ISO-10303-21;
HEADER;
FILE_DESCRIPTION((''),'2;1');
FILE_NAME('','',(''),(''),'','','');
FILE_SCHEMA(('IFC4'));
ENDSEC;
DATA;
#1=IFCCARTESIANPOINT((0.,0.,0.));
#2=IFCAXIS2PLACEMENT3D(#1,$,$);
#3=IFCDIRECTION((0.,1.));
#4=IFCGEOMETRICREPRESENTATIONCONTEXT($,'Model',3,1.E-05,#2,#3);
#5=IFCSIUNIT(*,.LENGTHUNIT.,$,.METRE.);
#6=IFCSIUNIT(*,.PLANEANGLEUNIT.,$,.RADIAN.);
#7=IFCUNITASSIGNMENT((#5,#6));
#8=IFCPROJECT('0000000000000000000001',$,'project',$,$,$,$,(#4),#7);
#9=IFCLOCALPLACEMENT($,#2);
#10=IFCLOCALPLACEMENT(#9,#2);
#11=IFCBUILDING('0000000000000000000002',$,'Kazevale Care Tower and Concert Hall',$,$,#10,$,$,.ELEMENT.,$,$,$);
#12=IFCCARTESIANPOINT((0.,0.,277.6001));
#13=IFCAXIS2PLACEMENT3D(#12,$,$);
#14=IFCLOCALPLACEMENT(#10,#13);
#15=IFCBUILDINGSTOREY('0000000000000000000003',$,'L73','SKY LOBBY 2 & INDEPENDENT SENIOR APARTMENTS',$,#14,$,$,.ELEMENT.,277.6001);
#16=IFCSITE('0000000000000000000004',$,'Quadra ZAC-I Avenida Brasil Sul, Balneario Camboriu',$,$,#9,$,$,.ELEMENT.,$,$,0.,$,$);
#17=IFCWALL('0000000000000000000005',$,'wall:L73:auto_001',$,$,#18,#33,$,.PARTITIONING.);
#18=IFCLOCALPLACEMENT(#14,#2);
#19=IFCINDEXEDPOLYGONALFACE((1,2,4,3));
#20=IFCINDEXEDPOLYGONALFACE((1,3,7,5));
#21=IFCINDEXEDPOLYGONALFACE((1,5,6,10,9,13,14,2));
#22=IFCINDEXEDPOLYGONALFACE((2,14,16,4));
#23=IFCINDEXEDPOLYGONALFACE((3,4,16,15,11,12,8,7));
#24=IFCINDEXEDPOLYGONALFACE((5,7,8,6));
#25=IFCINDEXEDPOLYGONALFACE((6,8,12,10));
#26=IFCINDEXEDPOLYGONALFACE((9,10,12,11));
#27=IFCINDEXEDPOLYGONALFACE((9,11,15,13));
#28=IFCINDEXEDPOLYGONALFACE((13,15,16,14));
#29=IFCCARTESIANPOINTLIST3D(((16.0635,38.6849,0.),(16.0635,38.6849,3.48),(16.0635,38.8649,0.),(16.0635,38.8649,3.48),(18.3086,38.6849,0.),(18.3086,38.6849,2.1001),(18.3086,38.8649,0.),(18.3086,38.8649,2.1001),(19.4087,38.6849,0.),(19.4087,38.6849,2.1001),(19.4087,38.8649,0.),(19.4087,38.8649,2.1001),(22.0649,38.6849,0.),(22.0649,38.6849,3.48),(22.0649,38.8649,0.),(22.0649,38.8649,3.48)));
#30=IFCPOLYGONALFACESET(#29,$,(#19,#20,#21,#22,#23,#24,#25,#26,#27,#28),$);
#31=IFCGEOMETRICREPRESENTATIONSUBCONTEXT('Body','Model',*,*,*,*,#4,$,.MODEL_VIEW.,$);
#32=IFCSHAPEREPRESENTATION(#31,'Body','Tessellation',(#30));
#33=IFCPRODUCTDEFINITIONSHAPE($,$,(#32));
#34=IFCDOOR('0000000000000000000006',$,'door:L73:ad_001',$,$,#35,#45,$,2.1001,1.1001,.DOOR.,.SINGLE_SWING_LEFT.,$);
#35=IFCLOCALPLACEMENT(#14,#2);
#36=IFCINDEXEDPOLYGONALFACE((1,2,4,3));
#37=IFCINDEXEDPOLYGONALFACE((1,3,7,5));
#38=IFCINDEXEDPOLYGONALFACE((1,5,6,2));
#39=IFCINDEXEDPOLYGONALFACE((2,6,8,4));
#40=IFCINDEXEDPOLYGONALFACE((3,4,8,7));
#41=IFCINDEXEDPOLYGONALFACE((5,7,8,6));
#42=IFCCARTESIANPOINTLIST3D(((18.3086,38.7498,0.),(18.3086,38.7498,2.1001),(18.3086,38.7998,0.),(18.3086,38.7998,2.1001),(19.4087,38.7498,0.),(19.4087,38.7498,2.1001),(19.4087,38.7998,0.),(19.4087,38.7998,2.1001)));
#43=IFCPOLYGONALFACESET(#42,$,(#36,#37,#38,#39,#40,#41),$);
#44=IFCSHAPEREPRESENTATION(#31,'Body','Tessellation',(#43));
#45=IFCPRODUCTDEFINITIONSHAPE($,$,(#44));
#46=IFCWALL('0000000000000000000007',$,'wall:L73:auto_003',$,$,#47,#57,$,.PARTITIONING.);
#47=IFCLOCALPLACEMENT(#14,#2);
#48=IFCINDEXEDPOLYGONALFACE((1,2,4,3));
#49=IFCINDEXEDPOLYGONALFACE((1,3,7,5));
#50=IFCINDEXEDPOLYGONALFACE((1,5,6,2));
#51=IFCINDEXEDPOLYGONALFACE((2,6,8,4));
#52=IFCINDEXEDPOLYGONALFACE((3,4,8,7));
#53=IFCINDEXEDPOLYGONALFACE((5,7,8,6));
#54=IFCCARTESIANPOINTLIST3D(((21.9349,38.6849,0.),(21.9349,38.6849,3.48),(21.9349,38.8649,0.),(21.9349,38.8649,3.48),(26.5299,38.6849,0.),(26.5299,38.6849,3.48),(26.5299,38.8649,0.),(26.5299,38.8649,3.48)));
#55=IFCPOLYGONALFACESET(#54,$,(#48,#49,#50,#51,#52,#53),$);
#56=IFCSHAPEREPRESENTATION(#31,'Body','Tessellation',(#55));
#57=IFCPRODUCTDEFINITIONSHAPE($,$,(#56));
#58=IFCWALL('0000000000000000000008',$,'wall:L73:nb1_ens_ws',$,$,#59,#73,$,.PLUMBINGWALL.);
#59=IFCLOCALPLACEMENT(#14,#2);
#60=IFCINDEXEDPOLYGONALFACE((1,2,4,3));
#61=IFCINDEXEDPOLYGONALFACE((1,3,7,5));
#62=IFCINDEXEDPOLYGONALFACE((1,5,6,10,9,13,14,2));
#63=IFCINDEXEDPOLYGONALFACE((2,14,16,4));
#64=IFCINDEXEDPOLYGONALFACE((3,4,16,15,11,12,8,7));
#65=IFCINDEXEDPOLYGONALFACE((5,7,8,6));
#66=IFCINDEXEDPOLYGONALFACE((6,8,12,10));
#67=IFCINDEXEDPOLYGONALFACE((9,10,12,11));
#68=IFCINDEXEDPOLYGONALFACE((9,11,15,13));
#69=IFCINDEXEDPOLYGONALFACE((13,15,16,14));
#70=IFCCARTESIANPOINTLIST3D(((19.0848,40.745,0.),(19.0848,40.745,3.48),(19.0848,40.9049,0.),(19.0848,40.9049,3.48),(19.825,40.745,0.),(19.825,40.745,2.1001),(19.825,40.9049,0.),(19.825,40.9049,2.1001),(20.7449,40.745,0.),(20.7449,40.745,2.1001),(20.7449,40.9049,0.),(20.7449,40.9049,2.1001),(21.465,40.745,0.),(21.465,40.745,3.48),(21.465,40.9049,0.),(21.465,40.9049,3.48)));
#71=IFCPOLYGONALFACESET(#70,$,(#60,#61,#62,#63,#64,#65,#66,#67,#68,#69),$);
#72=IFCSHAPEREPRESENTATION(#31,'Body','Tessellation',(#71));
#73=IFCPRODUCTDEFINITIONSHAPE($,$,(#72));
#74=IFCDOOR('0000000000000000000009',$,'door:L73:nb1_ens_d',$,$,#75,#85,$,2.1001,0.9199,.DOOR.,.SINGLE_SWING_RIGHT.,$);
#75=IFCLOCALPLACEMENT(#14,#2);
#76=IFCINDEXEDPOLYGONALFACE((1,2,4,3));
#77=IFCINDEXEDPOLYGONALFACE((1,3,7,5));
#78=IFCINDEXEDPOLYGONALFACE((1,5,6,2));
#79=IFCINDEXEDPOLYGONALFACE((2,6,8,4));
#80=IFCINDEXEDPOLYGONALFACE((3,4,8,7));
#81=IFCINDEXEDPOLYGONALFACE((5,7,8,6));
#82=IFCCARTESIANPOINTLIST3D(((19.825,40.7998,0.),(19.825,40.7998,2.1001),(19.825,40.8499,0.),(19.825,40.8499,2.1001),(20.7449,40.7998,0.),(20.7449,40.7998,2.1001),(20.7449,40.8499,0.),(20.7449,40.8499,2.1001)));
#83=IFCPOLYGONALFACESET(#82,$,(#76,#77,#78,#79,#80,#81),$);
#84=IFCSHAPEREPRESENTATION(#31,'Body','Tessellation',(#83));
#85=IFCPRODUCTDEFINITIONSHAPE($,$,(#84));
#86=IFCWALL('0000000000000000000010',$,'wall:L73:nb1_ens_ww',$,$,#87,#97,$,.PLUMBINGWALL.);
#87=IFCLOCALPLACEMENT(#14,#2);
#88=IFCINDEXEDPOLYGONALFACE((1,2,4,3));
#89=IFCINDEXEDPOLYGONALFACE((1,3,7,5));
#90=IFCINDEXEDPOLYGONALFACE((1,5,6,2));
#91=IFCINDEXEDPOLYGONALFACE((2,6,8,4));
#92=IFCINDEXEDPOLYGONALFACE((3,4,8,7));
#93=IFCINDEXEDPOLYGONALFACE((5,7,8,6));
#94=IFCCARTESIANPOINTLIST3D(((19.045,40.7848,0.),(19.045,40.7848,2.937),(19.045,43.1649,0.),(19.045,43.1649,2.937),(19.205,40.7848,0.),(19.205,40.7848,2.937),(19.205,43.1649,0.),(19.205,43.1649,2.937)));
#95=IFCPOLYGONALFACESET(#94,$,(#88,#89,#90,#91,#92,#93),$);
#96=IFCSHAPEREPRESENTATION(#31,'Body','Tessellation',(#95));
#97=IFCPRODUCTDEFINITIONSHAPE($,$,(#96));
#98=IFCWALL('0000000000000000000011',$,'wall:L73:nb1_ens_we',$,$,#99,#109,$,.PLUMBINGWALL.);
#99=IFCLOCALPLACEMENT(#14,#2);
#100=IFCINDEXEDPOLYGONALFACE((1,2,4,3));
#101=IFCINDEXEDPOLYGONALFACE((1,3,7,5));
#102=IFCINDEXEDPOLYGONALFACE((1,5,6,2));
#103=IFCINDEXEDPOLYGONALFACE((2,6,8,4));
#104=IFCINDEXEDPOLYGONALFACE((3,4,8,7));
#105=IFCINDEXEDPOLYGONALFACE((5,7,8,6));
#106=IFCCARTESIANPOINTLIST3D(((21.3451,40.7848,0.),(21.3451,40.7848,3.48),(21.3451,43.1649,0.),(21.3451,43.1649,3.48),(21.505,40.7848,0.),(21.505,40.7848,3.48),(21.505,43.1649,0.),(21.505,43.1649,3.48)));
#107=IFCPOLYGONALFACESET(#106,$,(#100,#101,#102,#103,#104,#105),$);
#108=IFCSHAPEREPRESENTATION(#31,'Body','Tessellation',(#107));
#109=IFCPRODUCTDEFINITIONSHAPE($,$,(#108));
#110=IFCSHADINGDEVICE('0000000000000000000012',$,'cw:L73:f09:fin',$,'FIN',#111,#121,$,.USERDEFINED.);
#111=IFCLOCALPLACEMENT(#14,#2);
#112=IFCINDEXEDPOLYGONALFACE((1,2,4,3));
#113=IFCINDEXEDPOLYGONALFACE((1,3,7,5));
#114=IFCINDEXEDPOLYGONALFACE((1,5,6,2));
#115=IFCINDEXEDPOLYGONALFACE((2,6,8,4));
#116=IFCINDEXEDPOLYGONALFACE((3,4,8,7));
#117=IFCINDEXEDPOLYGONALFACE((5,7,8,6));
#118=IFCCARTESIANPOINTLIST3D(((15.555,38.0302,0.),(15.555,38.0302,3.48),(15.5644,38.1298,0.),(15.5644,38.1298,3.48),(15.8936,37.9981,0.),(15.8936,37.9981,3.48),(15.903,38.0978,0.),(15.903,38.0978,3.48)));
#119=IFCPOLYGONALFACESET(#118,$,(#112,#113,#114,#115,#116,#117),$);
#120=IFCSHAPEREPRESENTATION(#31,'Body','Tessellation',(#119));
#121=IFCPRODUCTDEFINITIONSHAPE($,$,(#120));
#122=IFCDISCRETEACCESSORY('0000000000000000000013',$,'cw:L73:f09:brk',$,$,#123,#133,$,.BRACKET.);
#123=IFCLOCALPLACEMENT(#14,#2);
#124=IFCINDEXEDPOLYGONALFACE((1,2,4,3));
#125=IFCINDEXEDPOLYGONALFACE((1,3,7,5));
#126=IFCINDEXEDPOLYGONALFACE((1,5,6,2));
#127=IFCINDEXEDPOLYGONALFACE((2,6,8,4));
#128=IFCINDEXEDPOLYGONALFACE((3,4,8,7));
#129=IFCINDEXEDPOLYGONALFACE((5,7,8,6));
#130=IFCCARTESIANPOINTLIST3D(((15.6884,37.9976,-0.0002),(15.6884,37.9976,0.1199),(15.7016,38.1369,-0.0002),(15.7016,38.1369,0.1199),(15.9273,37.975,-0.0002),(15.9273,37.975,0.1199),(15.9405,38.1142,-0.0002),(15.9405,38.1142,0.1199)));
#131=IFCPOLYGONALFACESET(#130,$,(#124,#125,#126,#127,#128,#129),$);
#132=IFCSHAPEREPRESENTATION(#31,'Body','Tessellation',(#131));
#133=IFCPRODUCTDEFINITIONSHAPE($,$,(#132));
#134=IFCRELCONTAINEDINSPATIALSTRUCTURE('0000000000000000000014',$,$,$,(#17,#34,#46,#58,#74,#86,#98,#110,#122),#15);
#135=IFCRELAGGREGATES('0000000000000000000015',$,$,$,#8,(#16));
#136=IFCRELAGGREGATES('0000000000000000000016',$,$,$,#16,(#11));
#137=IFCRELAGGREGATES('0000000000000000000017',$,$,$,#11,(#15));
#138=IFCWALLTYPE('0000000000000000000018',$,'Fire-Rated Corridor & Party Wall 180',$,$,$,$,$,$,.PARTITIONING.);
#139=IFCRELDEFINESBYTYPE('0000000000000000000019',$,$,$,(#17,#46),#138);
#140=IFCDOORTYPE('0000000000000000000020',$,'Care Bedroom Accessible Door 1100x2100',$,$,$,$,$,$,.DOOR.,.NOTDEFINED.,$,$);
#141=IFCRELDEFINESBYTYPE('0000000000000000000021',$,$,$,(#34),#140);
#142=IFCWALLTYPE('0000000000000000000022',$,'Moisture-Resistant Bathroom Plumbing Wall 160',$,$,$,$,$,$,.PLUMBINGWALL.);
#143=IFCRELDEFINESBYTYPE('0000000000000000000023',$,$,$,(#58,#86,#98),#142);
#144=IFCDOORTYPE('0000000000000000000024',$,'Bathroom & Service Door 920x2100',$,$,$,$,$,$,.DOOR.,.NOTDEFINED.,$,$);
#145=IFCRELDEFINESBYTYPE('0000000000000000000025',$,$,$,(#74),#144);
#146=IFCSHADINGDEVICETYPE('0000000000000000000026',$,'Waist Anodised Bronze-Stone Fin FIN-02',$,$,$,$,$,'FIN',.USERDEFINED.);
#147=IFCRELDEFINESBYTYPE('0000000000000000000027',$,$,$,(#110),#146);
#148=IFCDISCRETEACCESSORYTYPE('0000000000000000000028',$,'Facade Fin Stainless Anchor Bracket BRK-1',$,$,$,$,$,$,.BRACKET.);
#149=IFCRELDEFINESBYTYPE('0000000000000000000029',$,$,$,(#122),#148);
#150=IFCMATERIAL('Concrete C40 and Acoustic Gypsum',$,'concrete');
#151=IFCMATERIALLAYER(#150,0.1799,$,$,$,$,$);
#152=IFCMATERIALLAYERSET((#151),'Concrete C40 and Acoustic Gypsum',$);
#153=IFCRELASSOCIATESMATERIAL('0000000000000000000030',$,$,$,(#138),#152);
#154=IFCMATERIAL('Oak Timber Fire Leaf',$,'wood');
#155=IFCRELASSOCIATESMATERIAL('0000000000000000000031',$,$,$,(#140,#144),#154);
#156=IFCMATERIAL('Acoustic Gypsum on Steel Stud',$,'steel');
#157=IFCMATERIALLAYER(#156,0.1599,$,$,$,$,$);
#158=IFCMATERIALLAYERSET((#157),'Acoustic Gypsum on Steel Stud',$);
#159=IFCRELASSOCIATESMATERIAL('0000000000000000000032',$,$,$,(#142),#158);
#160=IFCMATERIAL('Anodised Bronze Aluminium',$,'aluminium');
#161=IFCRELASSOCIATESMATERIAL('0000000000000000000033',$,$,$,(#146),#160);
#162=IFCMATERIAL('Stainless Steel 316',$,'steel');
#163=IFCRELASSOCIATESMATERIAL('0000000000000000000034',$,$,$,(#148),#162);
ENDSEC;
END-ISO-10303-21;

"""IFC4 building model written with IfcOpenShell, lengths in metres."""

from ifc_helpers import new_model, si_unit, direction, frame, frame_2d, origin, origin_2d, place, context, subcontext, project, spatial, rectangle, extrude, material, layer, layer_set, type_object, element, fill, save


model = new_model("IFC4")

# Units and contexts
model_context = context("Model", 3, precision=1e-05, world=origin(), true_north=direction((0.0, 1.0)))
body_context = subcontext(model_context, "Body", "Model", "MODEL_VIEW")
ifc_project = project(units=[si_unit("LENGTHUNIT", "METRE"), si_unit("PLANEANGLEUNIT", "RADIAN")], contexts=[model_context])

# Site, building, storey
site_placement = place(None, origin())
site = spatial("IfcSite", under=ifc_project, at=site_placement, Name="Quadra ZAC-I Avenida Brasil Sul, Balneario Camboriu", CompositionType="ELEMENT", RefElevation=0.0)
building_placement = place(site_placement, origin())
building = spatial("IfcBuilding", under=site, at=building_placement, Name="Kazevale Care Tower and Concert Hall", CompositionType="ELEMENT")
storey_placement = place(building_placement, frame((0.0, 0.0, 277.6001)))
storey = spatial("IfcBuildingStorey", under=building, at=storey_placement, Name="L73", Description="SKY LOBBY 2 & INDEPENDENT SENIOR APARTMENTS", CompositionType="ELEMENT", Elevation=277.6001)

# Wall, opening, door
ifc_material_1 = material(Name="Concrete C40 and Acoustic Gypsum", Category="concrete")
ifc_layer_1 = layer(ifc_material_1, 0.1799)
ifc_layer_set_1 = layer_set([ifc_layer_1], Name="Concrete C40 and Acoustic Gypsum")
wall_type_1 = type_object("IfcWallType", Name="Fire-Rated Corridor & Party Wall 180", PredefinedType="PARTITIONING", material=ifc_layer_set_1)
wall_1_placement = place(storey_placement, frame((16.0635, 38.7749, 0.0), z_axis=(0.0, 0.0, 1.0), x_axis=(1.0, 0.0, 0.0)))
wall_1 = element("IfcWall", 1, at=wall_1_placement, inside=storey, type_object=wall_type_1, Name="wall:L73:auto_001", PredefinedType="PARTITIONING", context=body_context, shape_type="SweptSolid", body=[
    extrude(rectangle(XDim=6.0015, YDim=0.1799, at=frame_2d((3.0007, 0.0))), origin(), (0.0, 0.0, 1.0), 3.48),
])
opening_1_placement = place(wall_1_placement, frame((2.2451, 0.0, 0.0)))
opening_1 = element("IfcOpeningElement", 2, at=opening_1_placement, cuts=wall_1, PredefinedType="OPENING", context=body_context, shape_type="SweptSolid", body=[
    extrude(rectangle(XDim=1.1001, YDim=2.1001, at=frame_2d((0.55, 1.05))), frame((0.0, 0.0999, 0.0), z_axis=(0.0, -1.0, 0.0), x_axis=(1.0, 0.0, 0.0)), (0.0, 0.0, 1.0), 0.2),
])
ifc_material_2 = material(Name="Oak Timber Fire Leaf", Category="wood")
door_type_1 = type_object("IfcDoorType", Name="Care Bedroom Accessible Door 1100x2100", OperationType="NOTDEFINED", PredefinedType="DOOR", material=ifc_material_2)
door_1_placement = place(opening_1_placement, origin())
door_1 = element("IfcDoor", 3, at=door_1_placement, inside=storey, type_object=door_type_1, Name="door:L73:ad_001", OperationType="SINGLE_SWING_LEFT", OverallHeight=2.1001, OverallWidth=1.1001, PredefinedType="DOOR", context=body_context, shape_type="SweptSolid", body=[
    extrude(rectangle(XDim=1.1001, YDim=2.1001, at=frame_2d((0.55, 1.05))), frame((0.0, 0.0249, 0.0), z_axis=(0.0, -1.0, 0.0), x_axis=(1.0, 0.0, 0.0)), (0.0, 0.0, 1.0), 0.05),
])
fill(opening_1, door_1)

# Wall
wall_2_placement = place(storey_placement, frame((21.9351, 38.7749, 0.0), z_axis=(0.0, 0.0, 1.0), x_axis=(1.0, 0.0, 0.0)))
element("IfcWall", 4, at=wall_2_placement, inside=storey, type_object=wall_type_1, Name="wall:L73:auto_003", PredefinedType="PARTITIONING", context=body_context, shape_type="SweptSolid", body=[
    extrude(rectangle(XDim=4.595, YDim=0.1799, at=frame_2d((2.2974, 0.0))), origin(), (0.0, 0.0, 1.0), 3.48),
])

# Wall, opening, door
ifc_material_3 = material(Name="Acoustic Gypsum on Steel Stud", Category="steel")
ifc_layer_2 = layer(ifc_material_3, 0.1599)
ifc_layer_set_2 = layer_set([ifc_layer_2], Name="Acoustic Gypsum on Steel Stud")
wall_type_2 = type_object("IfcWallType", Name="Moisture-Resistant Bathroom Plumbing Wall 160", PredefinedType="PLUMBINGWALL", material=ifc_layer_set_2)
wall_3_placement = place(storey_placement, frame((19.085, 40.825, 0.0), z_axis=(0.0, 0.0, 1.0), x_axis=(1.0, 0.0, 0.0)))
wall_3 = element("IfcWall", 5, at=wall_3_placement, inside=storey, type_object=wall_type_2, Name="wall:L73:nb1_ens_ws", PredefinedType="PLUMBINGWALL", context=body_context, shape_type="SweptSolid", body=[
    extrude(rectangle(XDim=2.3801, YDim=0.1599, at=frame_2d((1.1899, 0.0))), origin(), (0.0, 0.0, 1.0), 3.48),
])
opening_2_placement = place(wall_3_placement, frame((0.74, 0.0, 0.0)))
opening_2 = element("IfcOpeningElement", 6, at=opening_2_placement, cuts=wall_3, PredefinedType="OPENING", context=body_context, shape_type="SweptSolid", body=[
    extrude(rectangle(XDim=0.9199, YDim=2.1001, at=frame_2d((0.46, 1.05))), frame((0.0, 0.0898, 0.0), z_axis=(0.0, -1.0, 0.0), x_axis=(1.0, 0.0, 0.0)), (0.0, 0.0, 1.0), 0.1799),
])
door_type_2 = type_object("IfcDoorType", Name="Bathroom & Service Door 920x2100", OperationType="NOTDEFINED", PredefinedType="DOOR", material=ifc_material_2)
door_2_placement = place(opening_2_placement, origin())
door_2 = element("IfcDoor", 7, at=door_2_placement, inside=storey, type_object=door_type_2, Name="door:L73:nb1_ens_d", OperationType="SINGLE_SWING_RIGHT", OverallHeight=2.1001, OverallWidth=0.9199, PredefinedType="DOOR", context=body_context, shape_type="SweptSolid", body=[
    extrude(rectangle(XDim=0.9199, YDim=2.1001, at=frame_2d((0.46, 1.05))), frame((0.0, 0.0249, 0.0), z_axis=(0.0, -1.0, 0.0), x_axis=(1.0, 0.0, 0.0)), (0.0, 0.0, 1.0), 0.05),
])
fill(opening_2, door_2)

# Walls
wall_4_placement = place(storey_placement, frame((19.125, 40.7849, 0.0), z_axis=(0.0, 0.0, 1.0), x_axis=(0.0, 1.0, 0.0)))
element("IfcWall", 8, at=wall_4_placement, inside=storey, type_object=wall_type_2, Name="wall:L73:nb1_ens_ww", PredefinedType="PLUMBINGWALL", context=body_context, shape_type="SweptSolid", body=[
    extrude(rectangle(XDim=2.3801, YDim=0.1599, at=frame_2d((1.1899, 0.0))), origin(), (0.0, 0.0, 1.0), 2.937),
])
wall_5_placement = place(storey_placement, frame((21.425, 40.7849, 0.0), z_axis=(0.0, 0.0, 1.0), x_axis=(0.0, 1.0, 0.0)))
element("IfcWall", 9, at=wall_5_placement, inside=storey, type_object=wall_type_2, Name="wall:L73:nb1_ens_we", PredefinedType="PLUMBINGWALL", context=body_context, shape_type="SweptSolid", body=[
    extrude(rectangle(XDim=2.3801, YDim=0.1599, at=frame_2d((1.1899, 0.0))), origin(), (0.0, 0.0, 1.0), 3.48),
])

# Shading device
ifc_material_4 = material(Name="Anodised Bronze Aluminium", Category="aluminium")
shading_device_type = type_object("IfcShadingDeviceType", Name="Waist Anodised Bronze-Stone Fin FIN-02", ElementType="FIN", PredefinedType="USERDEFINED", material=ifc_material_4)
shading_device_placement = place(storey_placement, frame((15.729, 38.064, 0.0), z_axis=(0.0, 0.0, 1.0), x_axis=(-0.995546, 0.094282, 0.0)))
element("IfcShadingDevice", 10, at=shading_device_placement, inside=storey, type_object=shading_device_type, Name="cw:L73:f09:fin", ObjectType="FIN", PredefinedType="USERDEFINED", context=body_context, shape_type="SweptSolid", body=[
    extrude(rectangle(XDim=0.3401, YDim=0.1001, at=origin_2d()), origin(), (0.0, 0.0, 1.0), 3.48),
])

# Discrete accessory
ifc_material_5 = material(Name="Stainless Steel 316", Category="steel")
discrete_accessory_type = type_object("IfcDiscreteAccessoryType", Name="Facade Fin Stainless Anchor Bracket BRK-1", PredefinedType="BRACKET", material=ifc_material_5)
discrete_accessory_placement = place(storey_placement, frame((15.8145, 38.0559, -0.0002), z_axis=(0.0, 0.0, 1.0), x_axis=(-0.995546, 0.094282, 0.0)))
element("IfcDiscreteAccessory", 11, at=discrete_accessory_placement, inside=storey, type_object=discrete_accessory_type, Name="cw:L73:f09:brk", PredefinedType="BRACKET", context=body_context, shape_type="SweptSolid", body=[
    extrude(rectangle(XDim=0.24, YDim=0.1399, at=origin_2d()), origin(), (0.0, 0.0, 1.0), 0.1201),
])

save(model, "model.ifc")
